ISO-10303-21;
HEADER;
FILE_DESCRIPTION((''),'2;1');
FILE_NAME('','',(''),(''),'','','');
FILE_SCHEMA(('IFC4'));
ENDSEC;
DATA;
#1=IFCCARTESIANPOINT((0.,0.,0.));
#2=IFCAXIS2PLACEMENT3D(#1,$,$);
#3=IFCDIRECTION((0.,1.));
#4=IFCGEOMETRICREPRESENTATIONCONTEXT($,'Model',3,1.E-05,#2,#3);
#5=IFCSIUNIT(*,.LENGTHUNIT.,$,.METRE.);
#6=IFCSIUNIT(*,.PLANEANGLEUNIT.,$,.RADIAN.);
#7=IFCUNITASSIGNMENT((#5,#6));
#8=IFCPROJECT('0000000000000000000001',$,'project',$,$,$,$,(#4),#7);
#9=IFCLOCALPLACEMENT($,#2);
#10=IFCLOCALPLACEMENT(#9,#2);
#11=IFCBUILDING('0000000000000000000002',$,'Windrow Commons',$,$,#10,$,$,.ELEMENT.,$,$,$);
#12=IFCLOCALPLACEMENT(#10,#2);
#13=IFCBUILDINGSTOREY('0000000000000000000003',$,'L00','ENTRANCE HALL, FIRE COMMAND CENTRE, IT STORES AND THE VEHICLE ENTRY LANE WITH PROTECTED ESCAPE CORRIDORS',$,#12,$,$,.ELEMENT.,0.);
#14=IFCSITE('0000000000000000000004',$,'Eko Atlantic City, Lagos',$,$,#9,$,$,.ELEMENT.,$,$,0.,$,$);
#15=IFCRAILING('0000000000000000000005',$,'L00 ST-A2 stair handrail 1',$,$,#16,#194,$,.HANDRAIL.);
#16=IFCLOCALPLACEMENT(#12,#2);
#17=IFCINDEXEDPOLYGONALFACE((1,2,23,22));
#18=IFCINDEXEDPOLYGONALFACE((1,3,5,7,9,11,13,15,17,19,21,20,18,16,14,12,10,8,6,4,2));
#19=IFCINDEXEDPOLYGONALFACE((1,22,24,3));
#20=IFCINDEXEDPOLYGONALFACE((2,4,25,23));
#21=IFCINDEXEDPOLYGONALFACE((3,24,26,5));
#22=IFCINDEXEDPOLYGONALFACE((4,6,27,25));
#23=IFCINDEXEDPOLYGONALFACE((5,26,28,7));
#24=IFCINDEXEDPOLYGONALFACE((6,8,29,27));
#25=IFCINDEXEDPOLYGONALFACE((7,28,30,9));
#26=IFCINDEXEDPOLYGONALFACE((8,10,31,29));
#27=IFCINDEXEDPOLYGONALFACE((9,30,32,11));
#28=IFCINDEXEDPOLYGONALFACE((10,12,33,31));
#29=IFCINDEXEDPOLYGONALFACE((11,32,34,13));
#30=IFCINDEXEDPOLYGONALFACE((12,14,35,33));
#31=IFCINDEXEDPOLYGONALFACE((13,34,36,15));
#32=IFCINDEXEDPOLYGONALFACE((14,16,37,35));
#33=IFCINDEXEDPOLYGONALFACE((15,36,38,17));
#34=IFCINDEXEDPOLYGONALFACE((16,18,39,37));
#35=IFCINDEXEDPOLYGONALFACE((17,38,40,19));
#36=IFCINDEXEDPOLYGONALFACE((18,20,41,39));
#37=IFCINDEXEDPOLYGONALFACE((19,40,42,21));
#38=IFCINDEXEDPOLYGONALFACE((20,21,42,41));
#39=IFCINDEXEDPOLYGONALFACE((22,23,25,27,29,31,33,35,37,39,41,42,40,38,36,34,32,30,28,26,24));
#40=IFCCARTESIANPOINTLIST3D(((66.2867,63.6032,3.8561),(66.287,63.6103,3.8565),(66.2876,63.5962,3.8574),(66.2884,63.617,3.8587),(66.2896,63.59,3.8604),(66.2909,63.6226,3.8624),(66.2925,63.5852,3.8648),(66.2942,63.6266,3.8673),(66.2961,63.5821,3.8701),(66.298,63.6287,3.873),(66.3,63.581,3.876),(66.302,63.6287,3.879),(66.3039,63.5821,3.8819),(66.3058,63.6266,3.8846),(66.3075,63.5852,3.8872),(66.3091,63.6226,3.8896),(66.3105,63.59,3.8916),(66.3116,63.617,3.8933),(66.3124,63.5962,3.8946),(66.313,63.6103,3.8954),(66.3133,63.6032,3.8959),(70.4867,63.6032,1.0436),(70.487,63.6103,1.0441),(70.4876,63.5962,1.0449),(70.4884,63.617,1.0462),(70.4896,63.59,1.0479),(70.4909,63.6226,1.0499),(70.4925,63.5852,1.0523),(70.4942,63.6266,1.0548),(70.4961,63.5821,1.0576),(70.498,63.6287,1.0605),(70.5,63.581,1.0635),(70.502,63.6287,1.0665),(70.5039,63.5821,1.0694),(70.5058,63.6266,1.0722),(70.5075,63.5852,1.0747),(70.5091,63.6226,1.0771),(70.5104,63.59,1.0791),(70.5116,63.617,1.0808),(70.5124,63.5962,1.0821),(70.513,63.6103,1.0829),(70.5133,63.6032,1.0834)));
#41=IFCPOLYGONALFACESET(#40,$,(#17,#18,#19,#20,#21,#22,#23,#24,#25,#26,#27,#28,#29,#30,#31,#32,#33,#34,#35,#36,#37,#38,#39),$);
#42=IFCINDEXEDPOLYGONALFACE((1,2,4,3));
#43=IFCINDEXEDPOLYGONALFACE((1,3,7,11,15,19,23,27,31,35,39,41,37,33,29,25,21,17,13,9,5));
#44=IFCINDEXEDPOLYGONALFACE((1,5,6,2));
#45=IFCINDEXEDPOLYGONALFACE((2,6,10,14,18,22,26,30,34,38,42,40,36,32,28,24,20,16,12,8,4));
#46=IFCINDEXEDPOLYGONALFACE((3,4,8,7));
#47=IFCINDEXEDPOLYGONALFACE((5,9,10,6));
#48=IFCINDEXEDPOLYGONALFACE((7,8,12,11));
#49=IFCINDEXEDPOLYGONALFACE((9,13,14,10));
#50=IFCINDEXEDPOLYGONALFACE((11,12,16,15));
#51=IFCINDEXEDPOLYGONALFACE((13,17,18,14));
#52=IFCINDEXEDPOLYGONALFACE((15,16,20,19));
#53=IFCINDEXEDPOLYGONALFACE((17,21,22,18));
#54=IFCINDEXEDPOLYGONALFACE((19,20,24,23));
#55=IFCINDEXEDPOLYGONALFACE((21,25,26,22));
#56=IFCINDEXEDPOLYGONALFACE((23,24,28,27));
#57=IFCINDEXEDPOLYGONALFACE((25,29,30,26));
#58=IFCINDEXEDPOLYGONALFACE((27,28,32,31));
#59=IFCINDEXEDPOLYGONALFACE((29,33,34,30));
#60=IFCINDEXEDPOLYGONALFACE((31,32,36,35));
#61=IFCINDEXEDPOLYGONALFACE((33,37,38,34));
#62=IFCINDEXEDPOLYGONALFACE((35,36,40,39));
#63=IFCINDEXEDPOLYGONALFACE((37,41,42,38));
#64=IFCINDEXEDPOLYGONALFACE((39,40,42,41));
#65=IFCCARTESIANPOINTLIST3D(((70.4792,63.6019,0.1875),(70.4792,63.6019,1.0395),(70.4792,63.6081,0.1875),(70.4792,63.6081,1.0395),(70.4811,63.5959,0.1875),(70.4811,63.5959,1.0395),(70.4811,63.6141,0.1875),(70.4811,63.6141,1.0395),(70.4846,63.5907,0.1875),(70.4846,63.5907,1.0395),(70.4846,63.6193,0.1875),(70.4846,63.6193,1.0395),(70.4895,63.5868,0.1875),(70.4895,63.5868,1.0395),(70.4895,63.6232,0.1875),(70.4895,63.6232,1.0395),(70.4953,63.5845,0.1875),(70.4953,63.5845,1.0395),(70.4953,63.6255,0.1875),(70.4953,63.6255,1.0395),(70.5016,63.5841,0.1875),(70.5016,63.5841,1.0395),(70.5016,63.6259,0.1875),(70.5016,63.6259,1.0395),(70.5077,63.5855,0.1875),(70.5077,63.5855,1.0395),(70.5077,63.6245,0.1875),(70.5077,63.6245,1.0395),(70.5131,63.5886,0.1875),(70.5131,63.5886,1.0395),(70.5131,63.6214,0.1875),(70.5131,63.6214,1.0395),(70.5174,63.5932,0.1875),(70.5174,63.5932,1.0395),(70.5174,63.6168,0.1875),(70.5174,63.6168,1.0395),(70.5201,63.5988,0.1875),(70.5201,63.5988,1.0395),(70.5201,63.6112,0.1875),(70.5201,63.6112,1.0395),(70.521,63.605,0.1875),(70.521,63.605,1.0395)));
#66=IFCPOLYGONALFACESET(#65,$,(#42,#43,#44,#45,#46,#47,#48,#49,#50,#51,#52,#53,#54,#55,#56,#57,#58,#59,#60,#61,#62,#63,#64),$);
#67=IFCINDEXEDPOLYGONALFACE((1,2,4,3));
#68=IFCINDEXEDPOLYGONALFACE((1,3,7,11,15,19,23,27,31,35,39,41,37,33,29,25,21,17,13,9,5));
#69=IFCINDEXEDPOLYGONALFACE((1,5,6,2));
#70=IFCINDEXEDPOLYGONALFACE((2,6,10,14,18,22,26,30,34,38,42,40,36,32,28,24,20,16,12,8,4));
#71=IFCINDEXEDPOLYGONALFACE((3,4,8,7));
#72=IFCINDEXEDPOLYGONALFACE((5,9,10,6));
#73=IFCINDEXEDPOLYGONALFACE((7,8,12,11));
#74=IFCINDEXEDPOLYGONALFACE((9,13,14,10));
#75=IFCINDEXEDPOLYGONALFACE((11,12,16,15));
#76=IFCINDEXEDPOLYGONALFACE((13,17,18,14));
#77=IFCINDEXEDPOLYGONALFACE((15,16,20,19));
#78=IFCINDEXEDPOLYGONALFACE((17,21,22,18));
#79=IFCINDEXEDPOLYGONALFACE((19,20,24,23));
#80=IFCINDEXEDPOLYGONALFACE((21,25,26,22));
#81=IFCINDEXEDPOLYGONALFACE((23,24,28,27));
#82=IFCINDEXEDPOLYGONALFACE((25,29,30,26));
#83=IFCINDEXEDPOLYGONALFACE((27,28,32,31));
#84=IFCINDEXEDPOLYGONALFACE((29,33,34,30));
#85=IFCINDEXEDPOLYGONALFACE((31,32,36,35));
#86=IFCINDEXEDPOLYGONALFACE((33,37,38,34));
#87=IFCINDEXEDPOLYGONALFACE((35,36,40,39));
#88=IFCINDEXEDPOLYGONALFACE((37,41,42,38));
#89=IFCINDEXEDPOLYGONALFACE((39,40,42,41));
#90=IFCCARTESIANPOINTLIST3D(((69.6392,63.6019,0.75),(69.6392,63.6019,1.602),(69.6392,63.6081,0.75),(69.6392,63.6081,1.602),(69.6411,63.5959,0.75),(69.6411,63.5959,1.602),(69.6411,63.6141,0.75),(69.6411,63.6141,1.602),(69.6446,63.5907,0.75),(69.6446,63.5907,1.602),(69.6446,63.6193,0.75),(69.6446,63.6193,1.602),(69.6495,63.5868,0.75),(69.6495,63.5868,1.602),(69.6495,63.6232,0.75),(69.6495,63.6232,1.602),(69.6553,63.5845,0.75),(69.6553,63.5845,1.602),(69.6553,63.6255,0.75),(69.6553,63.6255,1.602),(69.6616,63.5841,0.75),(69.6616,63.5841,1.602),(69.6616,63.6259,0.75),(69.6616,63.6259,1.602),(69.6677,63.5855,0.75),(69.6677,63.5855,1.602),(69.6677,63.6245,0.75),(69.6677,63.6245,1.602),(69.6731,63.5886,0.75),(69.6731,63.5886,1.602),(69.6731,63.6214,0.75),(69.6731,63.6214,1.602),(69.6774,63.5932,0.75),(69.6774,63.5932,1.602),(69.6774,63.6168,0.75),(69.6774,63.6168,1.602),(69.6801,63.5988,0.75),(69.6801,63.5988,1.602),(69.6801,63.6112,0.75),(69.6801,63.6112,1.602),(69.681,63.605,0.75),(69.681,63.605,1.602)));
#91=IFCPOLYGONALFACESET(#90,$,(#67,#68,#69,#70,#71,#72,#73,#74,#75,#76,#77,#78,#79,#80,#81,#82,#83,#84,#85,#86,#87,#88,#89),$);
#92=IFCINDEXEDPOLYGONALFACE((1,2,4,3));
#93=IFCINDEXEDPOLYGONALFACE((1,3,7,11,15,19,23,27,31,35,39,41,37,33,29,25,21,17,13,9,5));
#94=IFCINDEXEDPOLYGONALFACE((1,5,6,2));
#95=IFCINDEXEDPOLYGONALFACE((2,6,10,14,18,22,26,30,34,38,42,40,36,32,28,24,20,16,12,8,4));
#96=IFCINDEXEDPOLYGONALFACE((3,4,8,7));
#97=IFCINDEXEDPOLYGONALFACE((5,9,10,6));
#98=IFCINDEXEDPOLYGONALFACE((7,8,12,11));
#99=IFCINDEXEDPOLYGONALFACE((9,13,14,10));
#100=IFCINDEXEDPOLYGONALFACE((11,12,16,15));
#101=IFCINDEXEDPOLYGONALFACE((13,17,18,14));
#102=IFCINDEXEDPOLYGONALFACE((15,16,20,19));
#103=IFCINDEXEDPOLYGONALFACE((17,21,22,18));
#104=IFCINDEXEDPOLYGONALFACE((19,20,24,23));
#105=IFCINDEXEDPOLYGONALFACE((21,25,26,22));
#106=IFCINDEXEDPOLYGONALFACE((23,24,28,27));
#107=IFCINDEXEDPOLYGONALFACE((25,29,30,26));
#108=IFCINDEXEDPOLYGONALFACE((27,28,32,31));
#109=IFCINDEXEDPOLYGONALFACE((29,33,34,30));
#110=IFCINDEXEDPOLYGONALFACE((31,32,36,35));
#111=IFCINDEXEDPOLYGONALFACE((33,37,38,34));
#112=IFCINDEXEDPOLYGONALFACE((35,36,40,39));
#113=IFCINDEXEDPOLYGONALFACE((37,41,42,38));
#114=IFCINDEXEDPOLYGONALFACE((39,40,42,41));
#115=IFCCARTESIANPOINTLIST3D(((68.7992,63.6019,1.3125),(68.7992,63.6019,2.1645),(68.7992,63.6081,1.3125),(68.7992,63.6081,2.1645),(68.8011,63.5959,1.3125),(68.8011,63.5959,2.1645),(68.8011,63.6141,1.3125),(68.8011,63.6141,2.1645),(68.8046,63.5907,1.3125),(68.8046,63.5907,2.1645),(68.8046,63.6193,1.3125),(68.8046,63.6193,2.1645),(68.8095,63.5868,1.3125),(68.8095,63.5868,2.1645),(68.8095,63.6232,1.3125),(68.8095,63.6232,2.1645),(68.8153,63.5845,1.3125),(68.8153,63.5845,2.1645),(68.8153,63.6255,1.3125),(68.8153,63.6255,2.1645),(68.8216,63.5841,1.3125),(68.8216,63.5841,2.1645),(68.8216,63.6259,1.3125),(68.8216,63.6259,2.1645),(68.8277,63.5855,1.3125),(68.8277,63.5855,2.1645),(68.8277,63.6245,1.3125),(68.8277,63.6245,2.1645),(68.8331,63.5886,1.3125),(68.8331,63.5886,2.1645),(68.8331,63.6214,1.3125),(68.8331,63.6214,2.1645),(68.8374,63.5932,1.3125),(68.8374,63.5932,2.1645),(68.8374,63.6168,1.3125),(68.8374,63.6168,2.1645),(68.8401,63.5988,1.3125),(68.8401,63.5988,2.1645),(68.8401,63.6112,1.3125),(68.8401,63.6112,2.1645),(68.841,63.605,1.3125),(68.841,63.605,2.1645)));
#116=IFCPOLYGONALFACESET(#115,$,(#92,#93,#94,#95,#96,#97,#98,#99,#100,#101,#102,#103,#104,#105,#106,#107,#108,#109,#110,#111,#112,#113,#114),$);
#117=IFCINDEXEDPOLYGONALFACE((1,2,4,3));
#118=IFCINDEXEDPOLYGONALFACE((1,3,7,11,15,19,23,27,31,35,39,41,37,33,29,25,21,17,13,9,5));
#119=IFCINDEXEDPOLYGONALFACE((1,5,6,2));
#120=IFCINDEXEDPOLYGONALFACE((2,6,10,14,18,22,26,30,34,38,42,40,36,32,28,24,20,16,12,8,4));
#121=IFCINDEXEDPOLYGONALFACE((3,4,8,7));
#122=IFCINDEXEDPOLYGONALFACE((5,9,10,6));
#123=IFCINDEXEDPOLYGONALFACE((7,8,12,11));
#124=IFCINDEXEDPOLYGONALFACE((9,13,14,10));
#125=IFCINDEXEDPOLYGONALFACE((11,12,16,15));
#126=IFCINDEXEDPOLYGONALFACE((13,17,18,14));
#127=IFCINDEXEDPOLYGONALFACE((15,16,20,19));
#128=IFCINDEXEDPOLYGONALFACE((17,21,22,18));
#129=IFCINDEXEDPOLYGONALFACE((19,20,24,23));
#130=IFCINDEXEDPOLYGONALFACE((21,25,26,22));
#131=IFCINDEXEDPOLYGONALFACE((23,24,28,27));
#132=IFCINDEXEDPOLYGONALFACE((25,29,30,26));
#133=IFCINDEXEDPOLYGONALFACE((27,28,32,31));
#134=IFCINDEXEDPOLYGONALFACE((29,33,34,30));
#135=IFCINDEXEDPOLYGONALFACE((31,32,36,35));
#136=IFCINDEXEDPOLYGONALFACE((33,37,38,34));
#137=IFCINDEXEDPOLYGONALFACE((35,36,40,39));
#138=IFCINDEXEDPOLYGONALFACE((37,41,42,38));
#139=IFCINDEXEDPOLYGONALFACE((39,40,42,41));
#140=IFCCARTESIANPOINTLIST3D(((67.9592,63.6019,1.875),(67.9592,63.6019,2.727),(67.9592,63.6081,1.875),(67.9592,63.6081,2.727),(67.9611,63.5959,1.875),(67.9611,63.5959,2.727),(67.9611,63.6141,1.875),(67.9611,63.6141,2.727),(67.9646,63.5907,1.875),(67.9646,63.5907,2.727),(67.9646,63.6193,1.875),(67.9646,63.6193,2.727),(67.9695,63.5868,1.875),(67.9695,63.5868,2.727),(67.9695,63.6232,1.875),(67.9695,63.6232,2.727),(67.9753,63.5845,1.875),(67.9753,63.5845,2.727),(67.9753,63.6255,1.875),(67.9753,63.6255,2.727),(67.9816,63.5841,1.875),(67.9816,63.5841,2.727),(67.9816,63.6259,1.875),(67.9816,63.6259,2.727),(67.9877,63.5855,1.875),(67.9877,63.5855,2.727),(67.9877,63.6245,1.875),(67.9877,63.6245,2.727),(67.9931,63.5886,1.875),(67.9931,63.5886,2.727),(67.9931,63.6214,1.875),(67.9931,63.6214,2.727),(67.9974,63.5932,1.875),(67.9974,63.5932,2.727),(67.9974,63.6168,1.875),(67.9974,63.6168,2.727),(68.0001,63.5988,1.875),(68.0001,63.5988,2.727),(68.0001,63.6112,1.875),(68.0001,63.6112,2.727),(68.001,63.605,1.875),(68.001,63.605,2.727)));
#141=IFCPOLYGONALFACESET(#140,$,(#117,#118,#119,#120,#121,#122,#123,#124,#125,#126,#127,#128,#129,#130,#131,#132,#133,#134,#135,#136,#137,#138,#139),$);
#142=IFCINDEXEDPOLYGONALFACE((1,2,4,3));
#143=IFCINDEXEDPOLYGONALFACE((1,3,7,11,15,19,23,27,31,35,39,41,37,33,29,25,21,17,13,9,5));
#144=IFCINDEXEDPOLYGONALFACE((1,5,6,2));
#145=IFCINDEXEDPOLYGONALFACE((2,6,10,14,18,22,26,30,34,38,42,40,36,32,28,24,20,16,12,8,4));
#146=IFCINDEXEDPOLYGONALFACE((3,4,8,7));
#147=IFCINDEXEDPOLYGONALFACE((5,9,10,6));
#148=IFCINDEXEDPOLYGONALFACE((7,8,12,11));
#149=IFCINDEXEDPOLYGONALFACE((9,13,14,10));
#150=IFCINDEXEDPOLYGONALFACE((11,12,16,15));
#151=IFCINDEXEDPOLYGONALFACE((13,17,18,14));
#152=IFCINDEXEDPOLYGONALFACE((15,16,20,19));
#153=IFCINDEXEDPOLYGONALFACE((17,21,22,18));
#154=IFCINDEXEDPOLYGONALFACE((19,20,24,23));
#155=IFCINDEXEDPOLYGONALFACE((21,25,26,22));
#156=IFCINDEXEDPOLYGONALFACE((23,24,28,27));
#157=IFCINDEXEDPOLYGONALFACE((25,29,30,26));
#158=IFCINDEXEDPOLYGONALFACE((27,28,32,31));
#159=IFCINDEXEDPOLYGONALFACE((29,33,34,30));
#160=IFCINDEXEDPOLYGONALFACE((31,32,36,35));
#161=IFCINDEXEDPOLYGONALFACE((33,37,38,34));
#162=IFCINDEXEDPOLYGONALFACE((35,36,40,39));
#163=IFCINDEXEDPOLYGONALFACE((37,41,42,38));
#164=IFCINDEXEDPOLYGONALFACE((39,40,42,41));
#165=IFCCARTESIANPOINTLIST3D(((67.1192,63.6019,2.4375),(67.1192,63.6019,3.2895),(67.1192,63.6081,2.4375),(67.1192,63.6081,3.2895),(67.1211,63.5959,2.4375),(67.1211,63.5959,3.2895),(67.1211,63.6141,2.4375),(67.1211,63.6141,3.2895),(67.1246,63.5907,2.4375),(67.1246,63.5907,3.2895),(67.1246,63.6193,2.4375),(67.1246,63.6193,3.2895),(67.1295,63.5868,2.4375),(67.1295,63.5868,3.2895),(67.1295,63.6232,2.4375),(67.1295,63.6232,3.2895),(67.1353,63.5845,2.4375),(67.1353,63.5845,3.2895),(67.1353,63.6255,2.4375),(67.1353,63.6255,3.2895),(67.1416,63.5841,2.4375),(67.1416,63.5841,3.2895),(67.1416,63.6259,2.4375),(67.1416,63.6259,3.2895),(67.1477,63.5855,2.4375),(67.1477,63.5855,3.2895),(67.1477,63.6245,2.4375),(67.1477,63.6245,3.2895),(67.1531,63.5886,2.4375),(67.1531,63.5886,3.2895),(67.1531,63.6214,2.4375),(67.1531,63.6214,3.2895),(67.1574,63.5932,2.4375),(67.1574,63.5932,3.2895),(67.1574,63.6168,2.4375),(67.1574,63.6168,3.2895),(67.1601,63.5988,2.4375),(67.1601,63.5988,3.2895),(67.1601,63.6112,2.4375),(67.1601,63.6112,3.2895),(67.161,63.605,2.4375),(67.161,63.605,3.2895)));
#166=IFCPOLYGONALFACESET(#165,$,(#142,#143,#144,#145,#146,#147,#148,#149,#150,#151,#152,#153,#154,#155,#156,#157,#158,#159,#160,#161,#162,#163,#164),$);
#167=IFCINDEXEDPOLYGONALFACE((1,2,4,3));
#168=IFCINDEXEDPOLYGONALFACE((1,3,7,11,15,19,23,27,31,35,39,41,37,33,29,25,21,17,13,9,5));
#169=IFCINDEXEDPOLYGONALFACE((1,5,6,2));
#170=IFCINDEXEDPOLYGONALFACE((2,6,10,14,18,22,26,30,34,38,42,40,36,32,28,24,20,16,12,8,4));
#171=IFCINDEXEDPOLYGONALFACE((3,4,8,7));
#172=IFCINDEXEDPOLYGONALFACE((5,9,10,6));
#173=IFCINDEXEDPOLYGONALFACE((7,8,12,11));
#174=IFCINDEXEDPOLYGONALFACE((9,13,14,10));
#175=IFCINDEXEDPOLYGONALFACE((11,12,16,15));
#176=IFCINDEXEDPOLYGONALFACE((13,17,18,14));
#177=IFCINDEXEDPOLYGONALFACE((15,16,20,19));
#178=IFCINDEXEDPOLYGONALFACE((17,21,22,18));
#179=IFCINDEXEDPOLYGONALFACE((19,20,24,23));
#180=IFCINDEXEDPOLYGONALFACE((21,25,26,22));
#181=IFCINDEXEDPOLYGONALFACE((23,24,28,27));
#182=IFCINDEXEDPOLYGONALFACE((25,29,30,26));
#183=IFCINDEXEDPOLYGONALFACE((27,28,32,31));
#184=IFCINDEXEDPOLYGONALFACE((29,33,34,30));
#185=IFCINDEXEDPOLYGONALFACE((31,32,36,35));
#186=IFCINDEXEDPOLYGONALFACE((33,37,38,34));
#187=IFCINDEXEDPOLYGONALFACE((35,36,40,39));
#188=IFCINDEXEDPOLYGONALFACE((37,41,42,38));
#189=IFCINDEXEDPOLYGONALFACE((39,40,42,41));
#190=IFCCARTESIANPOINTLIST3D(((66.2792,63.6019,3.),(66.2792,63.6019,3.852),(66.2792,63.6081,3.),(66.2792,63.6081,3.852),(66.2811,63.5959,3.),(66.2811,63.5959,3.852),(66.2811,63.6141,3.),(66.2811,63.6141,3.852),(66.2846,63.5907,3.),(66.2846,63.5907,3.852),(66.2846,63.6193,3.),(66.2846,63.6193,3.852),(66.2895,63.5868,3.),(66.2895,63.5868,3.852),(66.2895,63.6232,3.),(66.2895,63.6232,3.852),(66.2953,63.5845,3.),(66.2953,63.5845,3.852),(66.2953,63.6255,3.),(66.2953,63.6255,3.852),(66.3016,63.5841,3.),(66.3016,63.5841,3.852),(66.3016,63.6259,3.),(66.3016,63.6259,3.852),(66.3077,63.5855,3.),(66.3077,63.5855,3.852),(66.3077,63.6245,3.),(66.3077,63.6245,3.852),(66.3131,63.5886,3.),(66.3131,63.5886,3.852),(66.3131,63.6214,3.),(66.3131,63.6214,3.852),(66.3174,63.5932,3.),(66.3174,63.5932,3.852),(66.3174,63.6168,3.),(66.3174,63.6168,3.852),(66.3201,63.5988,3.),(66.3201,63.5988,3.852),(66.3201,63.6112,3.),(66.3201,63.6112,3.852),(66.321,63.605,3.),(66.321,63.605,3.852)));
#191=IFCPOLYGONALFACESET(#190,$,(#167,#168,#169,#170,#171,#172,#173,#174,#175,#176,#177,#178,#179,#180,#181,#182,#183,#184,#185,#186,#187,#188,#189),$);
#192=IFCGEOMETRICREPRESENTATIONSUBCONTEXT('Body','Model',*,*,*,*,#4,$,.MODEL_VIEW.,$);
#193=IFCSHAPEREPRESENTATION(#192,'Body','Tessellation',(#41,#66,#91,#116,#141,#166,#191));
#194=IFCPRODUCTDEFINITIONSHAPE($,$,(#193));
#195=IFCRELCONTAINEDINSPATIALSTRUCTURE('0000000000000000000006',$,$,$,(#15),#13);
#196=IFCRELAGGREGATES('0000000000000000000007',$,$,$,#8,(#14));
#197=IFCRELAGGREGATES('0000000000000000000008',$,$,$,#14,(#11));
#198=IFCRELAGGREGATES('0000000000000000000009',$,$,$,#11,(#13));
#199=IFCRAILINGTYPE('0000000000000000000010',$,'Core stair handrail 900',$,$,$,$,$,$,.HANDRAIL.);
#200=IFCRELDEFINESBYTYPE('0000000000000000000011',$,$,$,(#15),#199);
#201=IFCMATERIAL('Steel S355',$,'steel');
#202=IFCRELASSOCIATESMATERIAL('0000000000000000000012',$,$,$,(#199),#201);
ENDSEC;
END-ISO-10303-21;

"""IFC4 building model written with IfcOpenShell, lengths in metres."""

from ifc_helpers import new_model, si_unit, direction, frame, origin, origin_2d, place, context, subcontext, project, spatial, circle, extrude, material, type_object, element, save


model = new_model("IFC4")

# Units and contexts
model_context = context("Model", 3, precision=1e-05, world=origin(), true_north=direction((0.0, 1.0)))
body_context = subcontext(model_context, "Body", "Model", "MODEL_VIEW")
ifc_project = project(units=[si_unit("LENGTHUNIT", "METRE"), si_unit("PLANEANGLEUNIT", "RADIAN")], contexts=[model_context])

# Site, building, storey
site_placement = place(None, origin())
site = spatial("IfcSite", under=ifc_project, at=site_placement, Name="Eko Atlantic City, Lagos", CompositionType="ELEMENT", RefElevation=0.0)
building_placement = place(site_placement, origin())
building = spatial("IfcBuilding", under=site, at=building_placement, Name="Windrow Commons", CompositionType="ELEMENT")
storey_placement = place(building_placement, origin())
storey = spatial("IfcBuildingStorey", under=building, at=storey_placement, Name="L00", Description="ENTRANCE HALL, FIRE COMMAND CENTRE, IT STORES AND THE VEHICLE ENTRY LANE WITH PROTECTED ESCAPE CORRIDORS", CompositionType="ELEMENT", Elevation=0.0)

# Railing
ifc_material_1 = material(Name="Steel S355", Category="steel")
railing_type_1 = type_object("IfcRailingType", Name="Core stair handrail 900", PredefinedType="HANDRAIL", material=ifc_material_1)
for number, where, name in (
    (1, (70.5, 63.605, 0.1875), "L00 ST-A2 stair handrail 1"),
):
    element("IfcRailing", number, at=place(storey_placement, frame(where)), inside=storey, type_object=railing_type_1, Name=name, PredefinedType="HANDRAIL", context=body_context, shape_type="SweptSolid", body=[
        extrude(circle(Radius=0.024, at=origin_2d()), frame((0.0, 0.0, 0.876), z_axis=(-0.830907, 0.0, 0.556411), x_axis=(0.0, -1.0, 0.0)), (0.0, 0.0, 1.0), 5.0547),
        extrude(circle(Radius=0.021, at=origin_2d()), origin(), (0.0, 0.0, 1.0), 0.852),
        extrude(circle(Radius=0.021, at=origin_2d()), frame((-0.84, 0.0, 0.5625)), (0.0, 0.0, 1.0), 0.852),
        extrude(circle(Radius=0.021, at=origin_2d()), frame((-1.68, 0.0, 1.125)), (0.0, 0.0, 1.0), 0.852),
        extrude(circle(Radius=0.021, at=origin_2d()), frame((-2.52, 0.0, 1.6875)), (0.0, 0.0, 1.0), 0.852),
        extrude(circle(Radius=0.021, at=origin_2d()), frame((-3.36, 0.0, 2.25)), (0.0, 0.0, 1.0), 0.852),
        extrude(circle(Radius=0.021, at=origin_2d()), frame((-4.2, 0.0, 2.8125)), (0.0, 0.0, 1.0), 0.852),
    ])

save(model, "model.ifc")
